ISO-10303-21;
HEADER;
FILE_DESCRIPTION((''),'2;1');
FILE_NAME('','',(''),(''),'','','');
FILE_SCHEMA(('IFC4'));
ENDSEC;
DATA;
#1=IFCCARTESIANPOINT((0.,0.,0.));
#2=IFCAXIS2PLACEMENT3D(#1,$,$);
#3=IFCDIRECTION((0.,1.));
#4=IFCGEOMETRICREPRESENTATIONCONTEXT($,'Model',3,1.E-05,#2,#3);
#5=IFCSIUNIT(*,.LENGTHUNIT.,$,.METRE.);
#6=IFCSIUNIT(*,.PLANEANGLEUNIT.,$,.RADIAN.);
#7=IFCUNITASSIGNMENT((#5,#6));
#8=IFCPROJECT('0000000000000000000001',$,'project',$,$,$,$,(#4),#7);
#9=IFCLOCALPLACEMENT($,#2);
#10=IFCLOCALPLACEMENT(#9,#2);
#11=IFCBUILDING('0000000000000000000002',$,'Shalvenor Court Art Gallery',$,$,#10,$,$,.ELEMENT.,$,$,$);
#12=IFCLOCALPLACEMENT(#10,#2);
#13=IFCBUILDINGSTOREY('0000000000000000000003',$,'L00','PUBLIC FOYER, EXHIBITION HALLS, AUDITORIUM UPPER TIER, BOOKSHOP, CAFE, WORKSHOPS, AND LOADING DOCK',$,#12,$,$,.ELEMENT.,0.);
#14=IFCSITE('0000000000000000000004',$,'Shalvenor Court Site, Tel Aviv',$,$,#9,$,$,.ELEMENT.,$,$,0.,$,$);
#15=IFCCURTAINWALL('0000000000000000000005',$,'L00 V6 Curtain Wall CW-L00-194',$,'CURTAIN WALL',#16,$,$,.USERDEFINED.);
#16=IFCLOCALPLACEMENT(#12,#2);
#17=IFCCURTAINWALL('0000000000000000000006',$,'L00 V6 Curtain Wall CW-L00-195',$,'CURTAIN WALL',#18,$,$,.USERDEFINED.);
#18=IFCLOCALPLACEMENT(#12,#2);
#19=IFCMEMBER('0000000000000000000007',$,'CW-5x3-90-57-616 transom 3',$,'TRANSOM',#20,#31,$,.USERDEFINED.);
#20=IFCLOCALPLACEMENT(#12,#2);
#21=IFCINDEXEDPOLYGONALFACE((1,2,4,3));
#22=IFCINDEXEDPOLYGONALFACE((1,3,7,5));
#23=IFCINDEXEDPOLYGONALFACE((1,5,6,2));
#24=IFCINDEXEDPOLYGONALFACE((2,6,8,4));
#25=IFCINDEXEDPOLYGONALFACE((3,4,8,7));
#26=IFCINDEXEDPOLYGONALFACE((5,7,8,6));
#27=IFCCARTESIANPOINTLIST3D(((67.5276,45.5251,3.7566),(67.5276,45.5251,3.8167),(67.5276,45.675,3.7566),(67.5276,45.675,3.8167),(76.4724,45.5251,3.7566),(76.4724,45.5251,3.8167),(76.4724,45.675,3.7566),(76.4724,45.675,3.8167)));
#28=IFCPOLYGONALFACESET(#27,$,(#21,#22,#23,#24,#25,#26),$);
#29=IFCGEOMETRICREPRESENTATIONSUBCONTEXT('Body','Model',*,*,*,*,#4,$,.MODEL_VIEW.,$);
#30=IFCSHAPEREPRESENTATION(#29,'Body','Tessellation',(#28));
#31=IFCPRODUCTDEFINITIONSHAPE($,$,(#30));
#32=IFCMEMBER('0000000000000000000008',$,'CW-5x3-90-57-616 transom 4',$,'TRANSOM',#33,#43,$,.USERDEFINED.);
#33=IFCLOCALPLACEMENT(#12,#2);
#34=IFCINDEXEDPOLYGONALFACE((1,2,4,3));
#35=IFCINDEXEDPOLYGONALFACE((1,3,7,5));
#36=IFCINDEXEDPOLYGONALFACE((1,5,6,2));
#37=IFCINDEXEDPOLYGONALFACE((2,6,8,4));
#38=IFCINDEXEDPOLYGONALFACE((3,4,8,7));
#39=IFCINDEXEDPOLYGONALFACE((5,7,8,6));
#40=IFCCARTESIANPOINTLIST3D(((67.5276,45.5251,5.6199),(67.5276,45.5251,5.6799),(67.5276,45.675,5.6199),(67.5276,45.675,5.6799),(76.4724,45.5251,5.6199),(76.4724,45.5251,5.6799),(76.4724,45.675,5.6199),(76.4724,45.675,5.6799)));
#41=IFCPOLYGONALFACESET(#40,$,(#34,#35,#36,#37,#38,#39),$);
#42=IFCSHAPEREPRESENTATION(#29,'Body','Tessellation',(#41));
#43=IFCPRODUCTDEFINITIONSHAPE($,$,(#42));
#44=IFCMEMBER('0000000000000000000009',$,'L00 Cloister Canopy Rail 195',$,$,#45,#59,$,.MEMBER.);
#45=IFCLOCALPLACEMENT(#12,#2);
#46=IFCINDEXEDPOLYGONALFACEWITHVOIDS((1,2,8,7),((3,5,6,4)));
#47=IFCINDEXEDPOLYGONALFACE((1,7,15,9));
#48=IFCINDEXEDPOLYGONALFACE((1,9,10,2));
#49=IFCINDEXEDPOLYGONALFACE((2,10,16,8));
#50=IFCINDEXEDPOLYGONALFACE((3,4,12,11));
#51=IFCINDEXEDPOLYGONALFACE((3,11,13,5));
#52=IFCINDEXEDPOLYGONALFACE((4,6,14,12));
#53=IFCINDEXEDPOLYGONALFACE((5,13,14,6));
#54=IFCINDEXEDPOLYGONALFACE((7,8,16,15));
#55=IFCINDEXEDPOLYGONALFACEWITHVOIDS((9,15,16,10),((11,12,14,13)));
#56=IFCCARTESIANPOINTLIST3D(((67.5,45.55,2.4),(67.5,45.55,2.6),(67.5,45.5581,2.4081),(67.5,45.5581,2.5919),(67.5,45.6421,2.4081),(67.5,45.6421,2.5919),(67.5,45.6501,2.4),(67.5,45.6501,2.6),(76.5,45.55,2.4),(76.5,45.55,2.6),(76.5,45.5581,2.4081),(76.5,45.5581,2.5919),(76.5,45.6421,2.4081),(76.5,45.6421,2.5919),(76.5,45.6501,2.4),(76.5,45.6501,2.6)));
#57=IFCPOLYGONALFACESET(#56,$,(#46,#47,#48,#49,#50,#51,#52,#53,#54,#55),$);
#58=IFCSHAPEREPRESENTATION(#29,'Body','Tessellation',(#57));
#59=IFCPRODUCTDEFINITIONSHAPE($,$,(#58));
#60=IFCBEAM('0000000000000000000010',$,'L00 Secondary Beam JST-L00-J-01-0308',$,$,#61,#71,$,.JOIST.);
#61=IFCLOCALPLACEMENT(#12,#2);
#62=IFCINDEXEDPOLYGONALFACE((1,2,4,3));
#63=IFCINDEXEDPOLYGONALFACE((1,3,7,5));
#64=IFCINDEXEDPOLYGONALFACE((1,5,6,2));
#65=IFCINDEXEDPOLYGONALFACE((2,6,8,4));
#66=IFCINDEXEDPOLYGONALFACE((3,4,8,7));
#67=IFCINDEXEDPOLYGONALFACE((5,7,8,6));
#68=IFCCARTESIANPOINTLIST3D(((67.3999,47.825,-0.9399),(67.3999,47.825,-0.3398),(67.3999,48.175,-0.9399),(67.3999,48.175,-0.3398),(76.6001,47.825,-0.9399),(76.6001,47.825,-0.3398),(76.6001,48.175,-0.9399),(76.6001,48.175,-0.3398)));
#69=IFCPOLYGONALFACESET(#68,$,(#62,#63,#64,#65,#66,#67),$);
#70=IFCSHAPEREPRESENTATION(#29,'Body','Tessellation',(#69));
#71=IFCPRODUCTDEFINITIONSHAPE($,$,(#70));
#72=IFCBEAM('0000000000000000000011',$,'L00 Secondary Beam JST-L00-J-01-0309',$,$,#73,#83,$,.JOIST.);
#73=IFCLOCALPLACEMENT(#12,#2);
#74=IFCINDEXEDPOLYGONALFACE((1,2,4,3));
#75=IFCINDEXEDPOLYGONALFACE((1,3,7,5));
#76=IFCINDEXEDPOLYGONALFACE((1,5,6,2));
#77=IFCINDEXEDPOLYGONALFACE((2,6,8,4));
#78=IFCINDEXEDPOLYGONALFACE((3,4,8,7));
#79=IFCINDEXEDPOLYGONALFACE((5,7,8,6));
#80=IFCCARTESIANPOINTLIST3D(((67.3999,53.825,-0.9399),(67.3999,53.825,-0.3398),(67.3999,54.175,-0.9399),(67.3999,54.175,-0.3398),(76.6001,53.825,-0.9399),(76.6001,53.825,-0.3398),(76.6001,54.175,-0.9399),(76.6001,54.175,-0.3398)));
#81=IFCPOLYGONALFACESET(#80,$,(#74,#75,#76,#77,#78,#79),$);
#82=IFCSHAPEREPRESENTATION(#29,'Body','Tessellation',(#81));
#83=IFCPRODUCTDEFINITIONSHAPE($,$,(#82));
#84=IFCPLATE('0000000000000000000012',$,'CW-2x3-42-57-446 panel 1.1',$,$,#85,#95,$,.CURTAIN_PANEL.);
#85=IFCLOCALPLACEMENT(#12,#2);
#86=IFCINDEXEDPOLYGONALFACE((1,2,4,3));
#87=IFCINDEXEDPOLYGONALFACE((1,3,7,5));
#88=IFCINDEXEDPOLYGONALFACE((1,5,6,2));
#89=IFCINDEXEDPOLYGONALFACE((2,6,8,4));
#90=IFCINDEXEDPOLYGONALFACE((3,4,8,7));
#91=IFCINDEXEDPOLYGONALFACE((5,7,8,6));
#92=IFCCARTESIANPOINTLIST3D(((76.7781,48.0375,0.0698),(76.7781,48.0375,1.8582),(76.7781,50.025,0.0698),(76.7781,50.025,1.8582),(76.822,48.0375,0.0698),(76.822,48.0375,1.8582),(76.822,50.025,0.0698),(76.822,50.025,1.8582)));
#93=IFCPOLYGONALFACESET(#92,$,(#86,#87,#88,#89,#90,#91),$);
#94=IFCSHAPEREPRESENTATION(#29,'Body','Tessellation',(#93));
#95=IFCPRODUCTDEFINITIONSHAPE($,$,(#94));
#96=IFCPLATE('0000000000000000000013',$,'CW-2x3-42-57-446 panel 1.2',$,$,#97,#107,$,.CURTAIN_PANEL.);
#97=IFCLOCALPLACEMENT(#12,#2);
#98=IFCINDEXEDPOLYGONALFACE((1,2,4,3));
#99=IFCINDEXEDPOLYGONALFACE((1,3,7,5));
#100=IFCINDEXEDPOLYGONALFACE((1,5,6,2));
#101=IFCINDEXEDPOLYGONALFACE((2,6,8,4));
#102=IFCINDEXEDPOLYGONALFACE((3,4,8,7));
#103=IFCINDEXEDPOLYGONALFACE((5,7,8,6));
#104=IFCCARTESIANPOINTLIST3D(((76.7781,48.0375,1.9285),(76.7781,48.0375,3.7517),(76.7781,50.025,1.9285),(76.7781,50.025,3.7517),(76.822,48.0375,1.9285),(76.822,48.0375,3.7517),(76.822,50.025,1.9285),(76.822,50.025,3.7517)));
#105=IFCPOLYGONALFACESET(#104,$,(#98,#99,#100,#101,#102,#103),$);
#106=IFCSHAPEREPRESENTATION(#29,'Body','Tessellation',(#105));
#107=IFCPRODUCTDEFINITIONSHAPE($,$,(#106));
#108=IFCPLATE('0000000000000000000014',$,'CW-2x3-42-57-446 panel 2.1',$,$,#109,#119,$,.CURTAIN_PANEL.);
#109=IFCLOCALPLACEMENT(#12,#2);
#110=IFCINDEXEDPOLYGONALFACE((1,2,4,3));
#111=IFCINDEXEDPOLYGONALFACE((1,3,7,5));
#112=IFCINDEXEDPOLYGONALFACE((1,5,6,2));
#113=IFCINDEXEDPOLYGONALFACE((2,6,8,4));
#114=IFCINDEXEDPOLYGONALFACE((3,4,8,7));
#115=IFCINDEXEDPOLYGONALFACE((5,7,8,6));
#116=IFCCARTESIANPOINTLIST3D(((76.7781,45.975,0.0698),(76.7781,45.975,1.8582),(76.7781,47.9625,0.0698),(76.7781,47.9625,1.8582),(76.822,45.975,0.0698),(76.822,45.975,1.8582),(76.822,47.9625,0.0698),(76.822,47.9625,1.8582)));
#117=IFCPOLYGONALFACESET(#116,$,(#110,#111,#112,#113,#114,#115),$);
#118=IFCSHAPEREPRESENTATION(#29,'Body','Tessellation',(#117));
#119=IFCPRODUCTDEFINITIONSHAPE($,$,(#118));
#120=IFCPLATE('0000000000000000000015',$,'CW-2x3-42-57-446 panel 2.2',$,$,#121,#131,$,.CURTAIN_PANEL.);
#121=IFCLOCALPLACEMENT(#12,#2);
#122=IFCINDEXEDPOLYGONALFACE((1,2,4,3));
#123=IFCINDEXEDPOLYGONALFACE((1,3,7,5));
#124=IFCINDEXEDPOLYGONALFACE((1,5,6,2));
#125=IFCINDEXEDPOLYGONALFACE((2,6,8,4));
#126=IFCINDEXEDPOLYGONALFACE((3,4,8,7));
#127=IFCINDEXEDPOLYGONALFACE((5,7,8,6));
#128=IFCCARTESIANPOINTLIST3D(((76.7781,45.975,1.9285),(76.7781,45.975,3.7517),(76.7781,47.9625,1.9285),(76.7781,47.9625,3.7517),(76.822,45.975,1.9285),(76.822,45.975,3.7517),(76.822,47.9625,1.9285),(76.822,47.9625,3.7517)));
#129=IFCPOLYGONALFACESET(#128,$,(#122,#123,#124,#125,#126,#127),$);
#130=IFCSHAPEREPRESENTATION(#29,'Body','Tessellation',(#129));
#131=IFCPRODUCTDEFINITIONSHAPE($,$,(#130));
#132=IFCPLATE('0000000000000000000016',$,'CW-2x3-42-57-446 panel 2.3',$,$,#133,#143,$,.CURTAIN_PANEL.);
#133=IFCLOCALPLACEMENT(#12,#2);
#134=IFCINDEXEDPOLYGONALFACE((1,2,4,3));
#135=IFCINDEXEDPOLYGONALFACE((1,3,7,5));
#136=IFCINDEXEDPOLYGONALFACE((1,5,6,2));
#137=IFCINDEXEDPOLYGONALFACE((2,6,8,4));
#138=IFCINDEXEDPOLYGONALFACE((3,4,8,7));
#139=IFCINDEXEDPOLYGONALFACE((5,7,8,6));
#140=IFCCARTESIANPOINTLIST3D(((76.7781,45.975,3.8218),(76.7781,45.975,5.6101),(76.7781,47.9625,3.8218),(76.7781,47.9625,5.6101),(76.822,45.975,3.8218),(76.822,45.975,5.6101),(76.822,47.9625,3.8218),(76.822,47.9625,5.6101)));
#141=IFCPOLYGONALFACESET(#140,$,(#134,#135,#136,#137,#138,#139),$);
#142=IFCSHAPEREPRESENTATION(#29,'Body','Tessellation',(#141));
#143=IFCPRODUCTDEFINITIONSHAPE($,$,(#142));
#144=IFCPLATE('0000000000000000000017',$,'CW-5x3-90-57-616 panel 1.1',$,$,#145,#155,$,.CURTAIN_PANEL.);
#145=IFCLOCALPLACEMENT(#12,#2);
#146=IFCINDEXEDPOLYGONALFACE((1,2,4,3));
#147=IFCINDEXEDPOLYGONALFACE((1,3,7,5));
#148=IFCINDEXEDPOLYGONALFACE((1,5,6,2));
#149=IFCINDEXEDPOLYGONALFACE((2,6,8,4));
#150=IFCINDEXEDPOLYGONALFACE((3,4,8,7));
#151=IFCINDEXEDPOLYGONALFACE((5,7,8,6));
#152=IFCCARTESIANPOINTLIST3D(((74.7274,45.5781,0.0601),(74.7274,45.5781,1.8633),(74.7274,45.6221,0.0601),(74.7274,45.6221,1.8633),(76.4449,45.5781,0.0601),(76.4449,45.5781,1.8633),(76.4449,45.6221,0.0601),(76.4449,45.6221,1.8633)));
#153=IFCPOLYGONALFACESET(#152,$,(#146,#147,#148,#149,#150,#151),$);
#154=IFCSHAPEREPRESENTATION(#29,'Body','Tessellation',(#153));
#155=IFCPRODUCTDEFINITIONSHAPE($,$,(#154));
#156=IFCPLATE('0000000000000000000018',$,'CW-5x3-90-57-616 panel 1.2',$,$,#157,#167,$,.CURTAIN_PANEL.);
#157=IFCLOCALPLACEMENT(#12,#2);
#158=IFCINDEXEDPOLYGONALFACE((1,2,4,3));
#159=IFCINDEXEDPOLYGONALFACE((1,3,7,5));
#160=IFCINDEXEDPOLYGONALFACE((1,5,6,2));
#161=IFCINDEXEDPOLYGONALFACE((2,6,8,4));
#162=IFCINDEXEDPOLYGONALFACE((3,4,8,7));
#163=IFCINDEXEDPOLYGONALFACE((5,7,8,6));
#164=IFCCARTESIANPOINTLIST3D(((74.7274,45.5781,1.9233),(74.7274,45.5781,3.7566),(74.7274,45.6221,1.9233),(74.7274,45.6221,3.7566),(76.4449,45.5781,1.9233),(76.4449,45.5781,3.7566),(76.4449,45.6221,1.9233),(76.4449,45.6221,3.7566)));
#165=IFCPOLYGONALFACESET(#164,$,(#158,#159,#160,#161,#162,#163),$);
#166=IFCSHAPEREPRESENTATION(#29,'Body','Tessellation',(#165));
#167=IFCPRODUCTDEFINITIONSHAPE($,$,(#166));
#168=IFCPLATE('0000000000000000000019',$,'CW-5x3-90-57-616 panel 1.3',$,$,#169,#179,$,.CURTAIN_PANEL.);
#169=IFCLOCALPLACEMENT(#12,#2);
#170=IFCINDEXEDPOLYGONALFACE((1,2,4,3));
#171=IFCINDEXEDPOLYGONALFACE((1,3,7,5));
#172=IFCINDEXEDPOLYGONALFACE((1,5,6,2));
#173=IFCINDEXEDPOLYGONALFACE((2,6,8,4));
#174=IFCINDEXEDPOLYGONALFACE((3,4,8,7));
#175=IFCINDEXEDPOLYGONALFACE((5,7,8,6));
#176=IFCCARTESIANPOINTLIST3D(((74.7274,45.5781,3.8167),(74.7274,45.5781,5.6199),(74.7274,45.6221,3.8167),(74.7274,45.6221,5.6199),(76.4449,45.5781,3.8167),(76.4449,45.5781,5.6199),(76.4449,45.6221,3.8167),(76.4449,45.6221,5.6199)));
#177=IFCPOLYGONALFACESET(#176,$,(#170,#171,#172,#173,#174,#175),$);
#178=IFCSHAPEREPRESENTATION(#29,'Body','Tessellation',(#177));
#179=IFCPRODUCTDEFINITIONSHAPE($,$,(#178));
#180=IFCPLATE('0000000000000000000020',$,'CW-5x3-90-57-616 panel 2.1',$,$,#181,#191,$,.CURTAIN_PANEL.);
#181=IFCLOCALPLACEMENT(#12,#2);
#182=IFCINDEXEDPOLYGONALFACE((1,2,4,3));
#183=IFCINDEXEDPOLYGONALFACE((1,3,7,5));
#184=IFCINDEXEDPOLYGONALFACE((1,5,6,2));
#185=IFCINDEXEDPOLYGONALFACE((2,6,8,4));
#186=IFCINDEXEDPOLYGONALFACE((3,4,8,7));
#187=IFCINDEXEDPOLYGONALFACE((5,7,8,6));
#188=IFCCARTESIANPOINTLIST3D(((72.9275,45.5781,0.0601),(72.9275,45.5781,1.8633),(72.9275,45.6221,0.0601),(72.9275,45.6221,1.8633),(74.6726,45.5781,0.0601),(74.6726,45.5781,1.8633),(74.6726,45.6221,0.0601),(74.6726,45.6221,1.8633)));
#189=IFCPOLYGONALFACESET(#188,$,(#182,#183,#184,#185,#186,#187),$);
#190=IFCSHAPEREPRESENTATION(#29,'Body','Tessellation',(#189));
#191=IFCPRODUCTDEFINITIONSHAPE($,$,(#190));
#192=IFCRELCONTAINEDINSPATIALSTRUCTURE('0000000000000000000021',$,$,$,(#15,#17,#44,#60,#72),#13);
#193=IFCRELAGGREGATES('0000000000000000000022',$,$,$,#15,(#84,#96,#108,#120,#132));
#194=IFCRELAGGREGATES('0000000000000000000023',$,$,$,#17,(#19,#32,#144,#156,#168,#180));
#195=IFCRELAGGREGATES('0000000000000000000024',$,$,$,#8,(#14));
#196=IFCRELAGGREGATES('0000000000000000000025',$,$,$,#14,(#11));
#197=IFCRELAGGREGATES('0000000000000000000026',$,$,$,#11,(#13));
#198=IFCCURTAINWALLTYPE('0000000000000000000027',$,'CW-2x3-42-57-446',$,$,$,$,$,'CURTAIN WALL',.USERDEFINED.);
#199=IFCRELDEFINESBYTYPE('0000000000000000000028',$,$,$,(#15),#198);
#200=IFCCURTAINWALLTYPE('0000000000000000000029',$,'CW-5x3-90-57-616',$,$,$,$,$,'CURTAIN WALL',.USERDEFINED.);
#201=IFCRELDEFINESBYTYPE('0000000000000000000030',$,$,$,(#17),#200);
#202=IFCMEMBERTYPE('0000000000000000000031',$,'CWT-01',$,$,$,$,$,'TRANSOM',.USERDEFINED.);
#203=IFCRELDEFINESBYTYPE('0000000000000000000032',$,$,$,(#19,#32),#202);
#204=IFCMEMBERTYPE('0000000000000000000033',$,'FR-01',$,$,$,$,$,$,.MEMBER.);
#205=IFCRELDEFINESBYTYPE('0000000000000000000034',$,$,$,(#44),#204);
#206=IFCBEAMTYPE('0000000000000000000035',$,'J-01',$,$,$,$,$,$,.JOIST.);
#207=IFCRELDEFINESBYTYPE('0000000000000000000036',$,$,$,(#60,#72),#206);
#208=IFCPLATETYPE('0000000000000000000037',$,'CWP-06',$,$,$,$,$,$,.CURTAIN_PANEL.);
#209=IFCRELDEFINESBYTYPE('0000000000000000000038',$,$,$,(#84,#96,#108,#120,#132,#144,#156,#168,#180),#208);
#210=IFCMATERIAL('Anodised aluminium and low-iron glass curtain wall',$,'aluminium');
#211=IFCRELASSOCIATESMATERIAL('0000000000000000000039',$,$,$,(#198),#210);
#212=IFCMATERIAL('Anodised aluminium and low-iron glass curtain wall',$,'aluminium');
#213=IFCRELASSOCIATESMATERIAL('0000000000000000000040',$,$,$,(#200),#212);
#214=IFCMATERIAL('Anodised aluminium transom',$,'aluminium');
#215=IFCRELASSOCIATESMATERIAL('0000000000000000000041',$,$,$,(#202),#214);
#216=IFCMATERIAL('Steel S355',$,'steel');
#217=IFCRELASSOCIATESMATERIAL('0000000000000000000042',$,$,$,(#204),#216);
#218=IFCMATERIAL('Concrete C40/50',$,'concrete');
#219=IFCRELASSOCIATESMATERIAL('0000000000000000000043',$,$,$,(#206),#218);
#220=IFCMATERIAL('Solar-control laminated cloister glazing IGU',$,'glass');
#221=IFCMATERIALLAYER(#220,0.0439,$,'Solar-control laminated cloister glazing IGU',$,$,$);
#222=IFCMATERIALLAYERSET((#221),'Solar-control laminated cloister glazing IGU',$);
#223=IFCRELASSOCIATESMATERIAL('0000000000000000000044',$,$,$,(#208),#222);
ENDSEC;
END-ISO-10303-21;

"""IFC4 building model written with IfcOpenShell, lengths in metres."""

from ifc_helpers import new_model, si_unit, direction, frame, origin, origin_2d, place, context, subcontext, project, spatial, rectangle, hollow_rectangle, extrude, material, layer, layer_set, material_profile, profile_set, type_object, element, aggregate, save


model = new_model("IFC4")

# Units and contexts
model_context = context("Model", 3, precision=1e-05, world=origin(), true_north=direction((0.0, 1.0)))
body_context = subcontext(model_context, "Body", "Model", "MODEL_VIEW")
ifc_project = project(units=[si_unit("LENGTHUNIT", "METRE"), si_unit("PLANEANGLEUNIT", "RADIAN")], contexts=[model_context])

# Site, building, storey
site_placement = place(None, origin())
site = spatial("IfcSite", under=ifc_project, at=site_placement, Name="Shalvenor Court Site, Tel Aviv", CompositionType="ELEMENT", RefElevation=0.0)
building_placement = place(site_placement, origin())
building = spatial("IfcBuilding", under=site, at=building_placement, Name="Shalvenor Court Art Gallery", CompositionType="ELEMENT")
storey_placement = place(building_placement, origin())
storey = spatial("IfcBuildingStorey", under=building, at=storey_placement, Name="L00", Description="PUBLIC FOYER, EXHIBITION HALLS, AUDITORIUM UPPER TIER, BOOKSHOP, CAFE, WORKSHOPS, AND LOADING DOCK", CompositionType="ELEMENT", Elevation=0.0)

# Curtain walls, members
ifc_material_1 = material(Name="Anodised aluminium and low-iron glass curtain wall", Category="aluminium")
curtain_wall_type_1 = type_object("IfcCurtainWallType", Name="CW-2x3-42-57-446", ElementType="CURTAIN WALL", PredefinedType="USERDEFINED", material=ifc_material_1)
curtain_wall_1_placement = place(storey_placement, origin())
curtain_wall_1 = element("IfcCurtainWall", 1, at=curtain_wall_1_placement, inside=storey, type_object=curtain_wall_type_1, Name="L00 V6 Curtain Wall CW-L00-194", ObjectType="CURTAIN WALL", PredefinedType="USERDEFINED")
ifc_material_2 = material(Name="Anodised aluminium and low-iron glass curtain wall", Category="aluminium")
curtain_wall_type_2 = type_object("IfcCurtainWallType", Name="CW-5x3-90-57-616", ElementType="CURTAIN WALL", PredefinedType="USERDEFINED", material=ifc_material_2)
curtain_wall_2_placement = place(storey_placement, origin())
curtain_wall_2 = element("IfcCurtainWall", 2, at=curtain_wall_2_placement, inside=storey, type_object=curtain_wall_type_2, Name="L00 V6 Curtain Wall CW-L00-195", ObjectType="CURTAIN WALL", PredefinedType="USERDEFINED")
ifc_material_3 = material(Name="Anodised aluminium transom", Category="aluminium")
ifc_material_profile_1 = material_profile(ifc_material_3, rectangle(XDim=0.1499, YDim=0.0601, at=origin_2d()), Name="CWT-01")
ifc_profile_set_1 = profile_set([ifc_material_profile_1], Name="Anodised aluminium transom")
member_type_1 = type_object("IfcMemberType", Name="CWT-01", ElementType="TRANSOM", PredefinedType="USERDEFINED", material=ifc_profile_set_1)
member_1_placement = place(storey_placement, frame((76.4724, 45.6001, 3.7866), z_axis=(-1.0, 0.0, 0.0), x_axis=(0.0, -1.0, 0.0)))
member_1 = element("IfcMember", 3, at=member_1_placement, type_object=member_type_1, Name="CW-5x3-90-57-616 transom 3", ObjectType="TRANSOM", PredefinedType="USERDEFINED", context=body_context, shape_type="SweptSolid", body=[
    extrude(rectangle(XDim=0.1499, YDim=0.0601, at=origin_2d()), origin(), (0.0, 0.0, 1.0), 8.9448),
])
member_2_placement = place(storey_placement, frame((76.4724, 45.6001, 5.6499), z_axis=(-1.0, 0.0, 0.0), x_axis=(0.0, -1.0, 0.0)))
member_2 = element("IfcMember", 4, at=member_2_placement, type_object=member_type_1, Name="CW-5x3-90-57-616 transom 4", ObjectType="TRANSOM", PredefinedType="USERDEFINED", context=body_context, shape_type="SweptSolid", body=[
    extrude(rectangle(XDim=0.1499, YDim=0.0601, at=origin_2d()), origin(), (0.0, 0.0, 1.0), 8.9448),
])

# Member
ifc_material_4 = material(Name="Steel S355", Category="steel")
ifc_material_profile_2 = material_profile(ifc_material_4, hollow_rectangle(XDim=0.1001, YDim=0.2, WallThickness=0.0081, at=origin_2d()), Name="RHS 200x100x8.0")
ifc_profile_set_2 = profile_set([ifc_material_profile_2], Name="Steel S355")
member_type_2 = type_object("IfcMemberType", Name="FR-01", PredefinedType="MEMBER", material=ifc_profile_set_2)
member_3_placement = place(storey_placement, frame((76.5, 45.6001, 2.5), z_axis=(-1.0, 0.0, 0.0), x_axis=(0.0, -1.0, 0.0)))
element("IfcMember", 5, at=member_3_placement, inside=storey, type_object=member_type_2, Name="L00 Cloister Canopy Rail 195", PredefinedType="MEMBER", context=body_context, shape_type="SweptSolid", body=[
    extrude(hollow_rectangle(XDim=0.1001, YDim=0.2, WallThickness=0.0081, at=origin_2d()), origin(), (0.0, 0.0, 1.0), 9.0),
])

# Beams
ifc_material_5 = material(Name="Concrete C40/50", Category="concrete")
ifc_material_profile_3 = material_profile(ifc_material_5, rectangle(XDim=0.3501, YDim=0.6001, at=origin_2d()), Name="RC 350x600")
ifc_profile_set_3 = profile_set([ifc_material_profile_3], Name="Concrete C40/50")
beam_type_1 = type_object("IfcBeamType", Name="J-01", PredefinedType="JOIST", material=ifc_profile_set_3)
for number, where, z_axis, x_axis, name in (
    (6, (67.3999, 48.0, -0.6399), (1.0, 0.0, 0.0), (0.0, 1.0, 0.0), "L00 Secondary Beam JST-L00-J-01-0308"),
    (7, (67.3999, 54.0, -0.6399), (1.0, 0.0, 0.0), (0.0, 1.0, 0.0), "L00 Secondary Beam JST-L00-J-01-0309"),
):
    element("IfcBeam", number, at=place(storey_placement, frame(where, z_axis=z_axis, x_axis=x_axis)), inside=storey, type_object=beam_type_1, Name=name, PredefinedType="JOIST", context=body_context, shape_type="SweptSolid", body=[
        extrude(rectangle(XDim=0.3501, YDim=0.6001, at=origin_2d()), origin(), (0.0, 0.0, 1.0), 9.2002),
    ])

# Plates
ifc_material_6 = material(Name="Solar-control laminated cloister glazing IGU", Category="glass")
ifc_layer_1 = layer(ifc_material_6, 0.0439, Name="Solar-control laminated cloister glazing IGU")
ifc_layer_set_1 = layer_set([ifc_layer_1], Name="Solar-control laminated cloister glazing IGU")
plate_type_1 = type_object("IfcPlateType", Name="CWP-06", PredefinedType="CURTAIN_PANEL", material=ifc_layer_set_1)
plate_1_placement = place(storey_placement, frame((76.8, 49.0312, 0.0698), z_axis=(0.0, 0.0, 1.0), x_axis=(0.0, -1.0, 0.0)))
plate_1 = element("IfcPlate", 8, at=plate_1_placement, type_object=plate_type_1, Name="CW-2x3-42-57-446 panel 1.1", PredefinedType="CURTAIN_PANEL", context=body_context, shape_type="SweptSolid", body=[
    extrude(rectangle(XDim=1.9875, YDim=0.0439, at=origin_2d()), origin(), (0.0, 0.0, 1.0), 1.7883),
])
plate_2_placement = place(storey_placement, frame((76.8, 49.0312, 1.9285), z_axis=(0.0, 0.0, 1.0), x_axis=(0.0, -1.0, 0.0)))
plate_2 = element("IfcPlate", 9, at=plate_2_placement, type_object=plate_type_1, Name="CW-2x3-42-57-446 panel 1.2", PredefinedType="CURTAIN_PANEL", context=body_context, shape_type="SweptSolid", body=[
    extrude(rectangle(XDim=1.9875, YDim=0.0439, at=origin_2d()), origin(), (0.0, 0.0, 1.0), 1.8232),
])
plate_3_placement = place(storey_placement, frame((76.8, 46.9688, 0.0698), z_axis=(0.0, 0.0, 1.0), x_axis=(0.0, -1.0, 0.0)))
plate_3 = element("IfcPlate", 10, at=plate_3_placement, type_object=plate_type_1, Name="CW-2x3-42-57-446 panel 2.1", PredefinedType="CURTAIN_PANEL", context=body_context, shape_type="SweptSolid", body=[
    extrude(rectangle(XDim=1.9875, YDim=0.0439, at=origin_2d()), origin(), (0.0, 0.0, 1.0), 1.7883),
])
plate_4_placement = place(storey_placement, frame((76.8, 46.9688, 1.9285), z_axis=(0.0, 0.0, 1.0), x_axis=(0.0, -1.0, 0.0)))
plate_4 = element("IfcPlate", 11, at=plate_4_placement, type_object=plate_type_1, Name="CW-2x3-42-57-446 panel 2.2", PredefinedType="CURTAIN_PANEL", context=body_context, shape_type="SweptSolid", body=[
    extrude(rectangle(XDim=1.9875, YDim=0.0439, at=origin_2d()), origin(), (0.0, 0.0, 1.0), 1.8232),
])
plate_5_placement = place(storey_placement, frame((76.8, 46.9688, 3.8218), z_axis=(0.0, 0.0, 1.0), x_axis=(0.0, -1.0, 0.0)))
plate_5 = element("IfcPlate", 12, at=plate_5_placement, type_object=plate_type_1, Name="CW-2x3-42-57-446 panel 2.3", PredefinedType="CURTAIN_PANEL", context=body_context, shape_type="SweptSolid", body=[
    extrude(rectangle(XDim=1.9875, YDim=0.0439, at=origin_2d()), origin(), (0.0, 0.0, 1.0), 1.7883),
])
aggregate(curtain_wall_1, [plate_1, plate_2, plate_3, plate_4, plate_5])
plate_6_placement = place(storey_placement, frame((75.5862, 45.6001, 0.0601), z_axis=(0.0, 0.0, 1.0), x_axis=(-1.0, 0.0, 0.0)))
plate_6 = element("IfcPlate", 13, at=plate_6_placement, type_object=plate_type_1, Name="CW-5x3-90-57-616 panel 1.1", PredefinedType="CURTAIN_PANEL", context=body_context, shape_type="SweptSolid", body=[
    extrude(rectangle(XDim=1.7175, YDim=0.0439, at=origin_2d()), origin(), (0.0, 0.0, 1.0), 1.8032),
])
plate_7_placement = place(storey_placement, frame((75.5862, 45.6001, 1.9233), z_axis=(0.0, 0.0, 1.0), x_axis=(-1.0, 0.0, 0.0)))
plate_7 = element("IfcPlate", 14, at=plate_7_placement, type_object=plate_type_1, Name="CW-5x3-90-57-616 panel 1.2", PredefinedType="CURTAIN_PANEL", context=body_context, shape_type="SweptSolid", body=[
    extrude(rectangle(XDim=1.7175, YDim=0.0439, at=origin_2d()), origin(), (0.0, 0.0, 1.0), 1.8333),
])
plate_8_placement = place(storey_placement, frame((75.5862, 45.6001, 3.8167), z_axis=(0.0, 0.0, 1.0), x_axis=(-1.0, 0.0, 0.0)))
plate_8 = element("IfcPlate", 15, at=plate_8_placement, type_object=plate_type_1, Name="CW-5x3-90-57-616 panel 1.3", PredefinedType="CURTAIN_PANEL", context=body_context, shape_type="SweptSolid", body=[
    extrude(rectangle(XDim=1.7175, YDim=0.0439, at=origin_2d()), origin(), (0.0, 0.0, 1.0), 1.8032),
])
plate_9_placement = place(storey_placement, frame((73.8, 45.6001, 0.0601), z_axis=(0.0, 0.0, 1.0), x_axis=(-1.0, 0.0, 0.0)))
plate_9 = element("IfcPlate", 16, at=plate_9_placement, type_object=plate_type_1, Name="CW-5x3-90-57-616 panel 2.1", PredefinedType="CURTAIN_PANEL", context=body_context, shape_type="SweptSolid", body=[
    extrude(rectangle(XDim=1.7451, YDim=0.0439, at=origin_2d()), origin(), (0.0, 0.0, 1.0), 1.8032),
])
aggregate(curtain_wall_2, [member_1, member_2, plate_6, plate_7, plate_8, plate_9])

save(model, "model.ifc")
